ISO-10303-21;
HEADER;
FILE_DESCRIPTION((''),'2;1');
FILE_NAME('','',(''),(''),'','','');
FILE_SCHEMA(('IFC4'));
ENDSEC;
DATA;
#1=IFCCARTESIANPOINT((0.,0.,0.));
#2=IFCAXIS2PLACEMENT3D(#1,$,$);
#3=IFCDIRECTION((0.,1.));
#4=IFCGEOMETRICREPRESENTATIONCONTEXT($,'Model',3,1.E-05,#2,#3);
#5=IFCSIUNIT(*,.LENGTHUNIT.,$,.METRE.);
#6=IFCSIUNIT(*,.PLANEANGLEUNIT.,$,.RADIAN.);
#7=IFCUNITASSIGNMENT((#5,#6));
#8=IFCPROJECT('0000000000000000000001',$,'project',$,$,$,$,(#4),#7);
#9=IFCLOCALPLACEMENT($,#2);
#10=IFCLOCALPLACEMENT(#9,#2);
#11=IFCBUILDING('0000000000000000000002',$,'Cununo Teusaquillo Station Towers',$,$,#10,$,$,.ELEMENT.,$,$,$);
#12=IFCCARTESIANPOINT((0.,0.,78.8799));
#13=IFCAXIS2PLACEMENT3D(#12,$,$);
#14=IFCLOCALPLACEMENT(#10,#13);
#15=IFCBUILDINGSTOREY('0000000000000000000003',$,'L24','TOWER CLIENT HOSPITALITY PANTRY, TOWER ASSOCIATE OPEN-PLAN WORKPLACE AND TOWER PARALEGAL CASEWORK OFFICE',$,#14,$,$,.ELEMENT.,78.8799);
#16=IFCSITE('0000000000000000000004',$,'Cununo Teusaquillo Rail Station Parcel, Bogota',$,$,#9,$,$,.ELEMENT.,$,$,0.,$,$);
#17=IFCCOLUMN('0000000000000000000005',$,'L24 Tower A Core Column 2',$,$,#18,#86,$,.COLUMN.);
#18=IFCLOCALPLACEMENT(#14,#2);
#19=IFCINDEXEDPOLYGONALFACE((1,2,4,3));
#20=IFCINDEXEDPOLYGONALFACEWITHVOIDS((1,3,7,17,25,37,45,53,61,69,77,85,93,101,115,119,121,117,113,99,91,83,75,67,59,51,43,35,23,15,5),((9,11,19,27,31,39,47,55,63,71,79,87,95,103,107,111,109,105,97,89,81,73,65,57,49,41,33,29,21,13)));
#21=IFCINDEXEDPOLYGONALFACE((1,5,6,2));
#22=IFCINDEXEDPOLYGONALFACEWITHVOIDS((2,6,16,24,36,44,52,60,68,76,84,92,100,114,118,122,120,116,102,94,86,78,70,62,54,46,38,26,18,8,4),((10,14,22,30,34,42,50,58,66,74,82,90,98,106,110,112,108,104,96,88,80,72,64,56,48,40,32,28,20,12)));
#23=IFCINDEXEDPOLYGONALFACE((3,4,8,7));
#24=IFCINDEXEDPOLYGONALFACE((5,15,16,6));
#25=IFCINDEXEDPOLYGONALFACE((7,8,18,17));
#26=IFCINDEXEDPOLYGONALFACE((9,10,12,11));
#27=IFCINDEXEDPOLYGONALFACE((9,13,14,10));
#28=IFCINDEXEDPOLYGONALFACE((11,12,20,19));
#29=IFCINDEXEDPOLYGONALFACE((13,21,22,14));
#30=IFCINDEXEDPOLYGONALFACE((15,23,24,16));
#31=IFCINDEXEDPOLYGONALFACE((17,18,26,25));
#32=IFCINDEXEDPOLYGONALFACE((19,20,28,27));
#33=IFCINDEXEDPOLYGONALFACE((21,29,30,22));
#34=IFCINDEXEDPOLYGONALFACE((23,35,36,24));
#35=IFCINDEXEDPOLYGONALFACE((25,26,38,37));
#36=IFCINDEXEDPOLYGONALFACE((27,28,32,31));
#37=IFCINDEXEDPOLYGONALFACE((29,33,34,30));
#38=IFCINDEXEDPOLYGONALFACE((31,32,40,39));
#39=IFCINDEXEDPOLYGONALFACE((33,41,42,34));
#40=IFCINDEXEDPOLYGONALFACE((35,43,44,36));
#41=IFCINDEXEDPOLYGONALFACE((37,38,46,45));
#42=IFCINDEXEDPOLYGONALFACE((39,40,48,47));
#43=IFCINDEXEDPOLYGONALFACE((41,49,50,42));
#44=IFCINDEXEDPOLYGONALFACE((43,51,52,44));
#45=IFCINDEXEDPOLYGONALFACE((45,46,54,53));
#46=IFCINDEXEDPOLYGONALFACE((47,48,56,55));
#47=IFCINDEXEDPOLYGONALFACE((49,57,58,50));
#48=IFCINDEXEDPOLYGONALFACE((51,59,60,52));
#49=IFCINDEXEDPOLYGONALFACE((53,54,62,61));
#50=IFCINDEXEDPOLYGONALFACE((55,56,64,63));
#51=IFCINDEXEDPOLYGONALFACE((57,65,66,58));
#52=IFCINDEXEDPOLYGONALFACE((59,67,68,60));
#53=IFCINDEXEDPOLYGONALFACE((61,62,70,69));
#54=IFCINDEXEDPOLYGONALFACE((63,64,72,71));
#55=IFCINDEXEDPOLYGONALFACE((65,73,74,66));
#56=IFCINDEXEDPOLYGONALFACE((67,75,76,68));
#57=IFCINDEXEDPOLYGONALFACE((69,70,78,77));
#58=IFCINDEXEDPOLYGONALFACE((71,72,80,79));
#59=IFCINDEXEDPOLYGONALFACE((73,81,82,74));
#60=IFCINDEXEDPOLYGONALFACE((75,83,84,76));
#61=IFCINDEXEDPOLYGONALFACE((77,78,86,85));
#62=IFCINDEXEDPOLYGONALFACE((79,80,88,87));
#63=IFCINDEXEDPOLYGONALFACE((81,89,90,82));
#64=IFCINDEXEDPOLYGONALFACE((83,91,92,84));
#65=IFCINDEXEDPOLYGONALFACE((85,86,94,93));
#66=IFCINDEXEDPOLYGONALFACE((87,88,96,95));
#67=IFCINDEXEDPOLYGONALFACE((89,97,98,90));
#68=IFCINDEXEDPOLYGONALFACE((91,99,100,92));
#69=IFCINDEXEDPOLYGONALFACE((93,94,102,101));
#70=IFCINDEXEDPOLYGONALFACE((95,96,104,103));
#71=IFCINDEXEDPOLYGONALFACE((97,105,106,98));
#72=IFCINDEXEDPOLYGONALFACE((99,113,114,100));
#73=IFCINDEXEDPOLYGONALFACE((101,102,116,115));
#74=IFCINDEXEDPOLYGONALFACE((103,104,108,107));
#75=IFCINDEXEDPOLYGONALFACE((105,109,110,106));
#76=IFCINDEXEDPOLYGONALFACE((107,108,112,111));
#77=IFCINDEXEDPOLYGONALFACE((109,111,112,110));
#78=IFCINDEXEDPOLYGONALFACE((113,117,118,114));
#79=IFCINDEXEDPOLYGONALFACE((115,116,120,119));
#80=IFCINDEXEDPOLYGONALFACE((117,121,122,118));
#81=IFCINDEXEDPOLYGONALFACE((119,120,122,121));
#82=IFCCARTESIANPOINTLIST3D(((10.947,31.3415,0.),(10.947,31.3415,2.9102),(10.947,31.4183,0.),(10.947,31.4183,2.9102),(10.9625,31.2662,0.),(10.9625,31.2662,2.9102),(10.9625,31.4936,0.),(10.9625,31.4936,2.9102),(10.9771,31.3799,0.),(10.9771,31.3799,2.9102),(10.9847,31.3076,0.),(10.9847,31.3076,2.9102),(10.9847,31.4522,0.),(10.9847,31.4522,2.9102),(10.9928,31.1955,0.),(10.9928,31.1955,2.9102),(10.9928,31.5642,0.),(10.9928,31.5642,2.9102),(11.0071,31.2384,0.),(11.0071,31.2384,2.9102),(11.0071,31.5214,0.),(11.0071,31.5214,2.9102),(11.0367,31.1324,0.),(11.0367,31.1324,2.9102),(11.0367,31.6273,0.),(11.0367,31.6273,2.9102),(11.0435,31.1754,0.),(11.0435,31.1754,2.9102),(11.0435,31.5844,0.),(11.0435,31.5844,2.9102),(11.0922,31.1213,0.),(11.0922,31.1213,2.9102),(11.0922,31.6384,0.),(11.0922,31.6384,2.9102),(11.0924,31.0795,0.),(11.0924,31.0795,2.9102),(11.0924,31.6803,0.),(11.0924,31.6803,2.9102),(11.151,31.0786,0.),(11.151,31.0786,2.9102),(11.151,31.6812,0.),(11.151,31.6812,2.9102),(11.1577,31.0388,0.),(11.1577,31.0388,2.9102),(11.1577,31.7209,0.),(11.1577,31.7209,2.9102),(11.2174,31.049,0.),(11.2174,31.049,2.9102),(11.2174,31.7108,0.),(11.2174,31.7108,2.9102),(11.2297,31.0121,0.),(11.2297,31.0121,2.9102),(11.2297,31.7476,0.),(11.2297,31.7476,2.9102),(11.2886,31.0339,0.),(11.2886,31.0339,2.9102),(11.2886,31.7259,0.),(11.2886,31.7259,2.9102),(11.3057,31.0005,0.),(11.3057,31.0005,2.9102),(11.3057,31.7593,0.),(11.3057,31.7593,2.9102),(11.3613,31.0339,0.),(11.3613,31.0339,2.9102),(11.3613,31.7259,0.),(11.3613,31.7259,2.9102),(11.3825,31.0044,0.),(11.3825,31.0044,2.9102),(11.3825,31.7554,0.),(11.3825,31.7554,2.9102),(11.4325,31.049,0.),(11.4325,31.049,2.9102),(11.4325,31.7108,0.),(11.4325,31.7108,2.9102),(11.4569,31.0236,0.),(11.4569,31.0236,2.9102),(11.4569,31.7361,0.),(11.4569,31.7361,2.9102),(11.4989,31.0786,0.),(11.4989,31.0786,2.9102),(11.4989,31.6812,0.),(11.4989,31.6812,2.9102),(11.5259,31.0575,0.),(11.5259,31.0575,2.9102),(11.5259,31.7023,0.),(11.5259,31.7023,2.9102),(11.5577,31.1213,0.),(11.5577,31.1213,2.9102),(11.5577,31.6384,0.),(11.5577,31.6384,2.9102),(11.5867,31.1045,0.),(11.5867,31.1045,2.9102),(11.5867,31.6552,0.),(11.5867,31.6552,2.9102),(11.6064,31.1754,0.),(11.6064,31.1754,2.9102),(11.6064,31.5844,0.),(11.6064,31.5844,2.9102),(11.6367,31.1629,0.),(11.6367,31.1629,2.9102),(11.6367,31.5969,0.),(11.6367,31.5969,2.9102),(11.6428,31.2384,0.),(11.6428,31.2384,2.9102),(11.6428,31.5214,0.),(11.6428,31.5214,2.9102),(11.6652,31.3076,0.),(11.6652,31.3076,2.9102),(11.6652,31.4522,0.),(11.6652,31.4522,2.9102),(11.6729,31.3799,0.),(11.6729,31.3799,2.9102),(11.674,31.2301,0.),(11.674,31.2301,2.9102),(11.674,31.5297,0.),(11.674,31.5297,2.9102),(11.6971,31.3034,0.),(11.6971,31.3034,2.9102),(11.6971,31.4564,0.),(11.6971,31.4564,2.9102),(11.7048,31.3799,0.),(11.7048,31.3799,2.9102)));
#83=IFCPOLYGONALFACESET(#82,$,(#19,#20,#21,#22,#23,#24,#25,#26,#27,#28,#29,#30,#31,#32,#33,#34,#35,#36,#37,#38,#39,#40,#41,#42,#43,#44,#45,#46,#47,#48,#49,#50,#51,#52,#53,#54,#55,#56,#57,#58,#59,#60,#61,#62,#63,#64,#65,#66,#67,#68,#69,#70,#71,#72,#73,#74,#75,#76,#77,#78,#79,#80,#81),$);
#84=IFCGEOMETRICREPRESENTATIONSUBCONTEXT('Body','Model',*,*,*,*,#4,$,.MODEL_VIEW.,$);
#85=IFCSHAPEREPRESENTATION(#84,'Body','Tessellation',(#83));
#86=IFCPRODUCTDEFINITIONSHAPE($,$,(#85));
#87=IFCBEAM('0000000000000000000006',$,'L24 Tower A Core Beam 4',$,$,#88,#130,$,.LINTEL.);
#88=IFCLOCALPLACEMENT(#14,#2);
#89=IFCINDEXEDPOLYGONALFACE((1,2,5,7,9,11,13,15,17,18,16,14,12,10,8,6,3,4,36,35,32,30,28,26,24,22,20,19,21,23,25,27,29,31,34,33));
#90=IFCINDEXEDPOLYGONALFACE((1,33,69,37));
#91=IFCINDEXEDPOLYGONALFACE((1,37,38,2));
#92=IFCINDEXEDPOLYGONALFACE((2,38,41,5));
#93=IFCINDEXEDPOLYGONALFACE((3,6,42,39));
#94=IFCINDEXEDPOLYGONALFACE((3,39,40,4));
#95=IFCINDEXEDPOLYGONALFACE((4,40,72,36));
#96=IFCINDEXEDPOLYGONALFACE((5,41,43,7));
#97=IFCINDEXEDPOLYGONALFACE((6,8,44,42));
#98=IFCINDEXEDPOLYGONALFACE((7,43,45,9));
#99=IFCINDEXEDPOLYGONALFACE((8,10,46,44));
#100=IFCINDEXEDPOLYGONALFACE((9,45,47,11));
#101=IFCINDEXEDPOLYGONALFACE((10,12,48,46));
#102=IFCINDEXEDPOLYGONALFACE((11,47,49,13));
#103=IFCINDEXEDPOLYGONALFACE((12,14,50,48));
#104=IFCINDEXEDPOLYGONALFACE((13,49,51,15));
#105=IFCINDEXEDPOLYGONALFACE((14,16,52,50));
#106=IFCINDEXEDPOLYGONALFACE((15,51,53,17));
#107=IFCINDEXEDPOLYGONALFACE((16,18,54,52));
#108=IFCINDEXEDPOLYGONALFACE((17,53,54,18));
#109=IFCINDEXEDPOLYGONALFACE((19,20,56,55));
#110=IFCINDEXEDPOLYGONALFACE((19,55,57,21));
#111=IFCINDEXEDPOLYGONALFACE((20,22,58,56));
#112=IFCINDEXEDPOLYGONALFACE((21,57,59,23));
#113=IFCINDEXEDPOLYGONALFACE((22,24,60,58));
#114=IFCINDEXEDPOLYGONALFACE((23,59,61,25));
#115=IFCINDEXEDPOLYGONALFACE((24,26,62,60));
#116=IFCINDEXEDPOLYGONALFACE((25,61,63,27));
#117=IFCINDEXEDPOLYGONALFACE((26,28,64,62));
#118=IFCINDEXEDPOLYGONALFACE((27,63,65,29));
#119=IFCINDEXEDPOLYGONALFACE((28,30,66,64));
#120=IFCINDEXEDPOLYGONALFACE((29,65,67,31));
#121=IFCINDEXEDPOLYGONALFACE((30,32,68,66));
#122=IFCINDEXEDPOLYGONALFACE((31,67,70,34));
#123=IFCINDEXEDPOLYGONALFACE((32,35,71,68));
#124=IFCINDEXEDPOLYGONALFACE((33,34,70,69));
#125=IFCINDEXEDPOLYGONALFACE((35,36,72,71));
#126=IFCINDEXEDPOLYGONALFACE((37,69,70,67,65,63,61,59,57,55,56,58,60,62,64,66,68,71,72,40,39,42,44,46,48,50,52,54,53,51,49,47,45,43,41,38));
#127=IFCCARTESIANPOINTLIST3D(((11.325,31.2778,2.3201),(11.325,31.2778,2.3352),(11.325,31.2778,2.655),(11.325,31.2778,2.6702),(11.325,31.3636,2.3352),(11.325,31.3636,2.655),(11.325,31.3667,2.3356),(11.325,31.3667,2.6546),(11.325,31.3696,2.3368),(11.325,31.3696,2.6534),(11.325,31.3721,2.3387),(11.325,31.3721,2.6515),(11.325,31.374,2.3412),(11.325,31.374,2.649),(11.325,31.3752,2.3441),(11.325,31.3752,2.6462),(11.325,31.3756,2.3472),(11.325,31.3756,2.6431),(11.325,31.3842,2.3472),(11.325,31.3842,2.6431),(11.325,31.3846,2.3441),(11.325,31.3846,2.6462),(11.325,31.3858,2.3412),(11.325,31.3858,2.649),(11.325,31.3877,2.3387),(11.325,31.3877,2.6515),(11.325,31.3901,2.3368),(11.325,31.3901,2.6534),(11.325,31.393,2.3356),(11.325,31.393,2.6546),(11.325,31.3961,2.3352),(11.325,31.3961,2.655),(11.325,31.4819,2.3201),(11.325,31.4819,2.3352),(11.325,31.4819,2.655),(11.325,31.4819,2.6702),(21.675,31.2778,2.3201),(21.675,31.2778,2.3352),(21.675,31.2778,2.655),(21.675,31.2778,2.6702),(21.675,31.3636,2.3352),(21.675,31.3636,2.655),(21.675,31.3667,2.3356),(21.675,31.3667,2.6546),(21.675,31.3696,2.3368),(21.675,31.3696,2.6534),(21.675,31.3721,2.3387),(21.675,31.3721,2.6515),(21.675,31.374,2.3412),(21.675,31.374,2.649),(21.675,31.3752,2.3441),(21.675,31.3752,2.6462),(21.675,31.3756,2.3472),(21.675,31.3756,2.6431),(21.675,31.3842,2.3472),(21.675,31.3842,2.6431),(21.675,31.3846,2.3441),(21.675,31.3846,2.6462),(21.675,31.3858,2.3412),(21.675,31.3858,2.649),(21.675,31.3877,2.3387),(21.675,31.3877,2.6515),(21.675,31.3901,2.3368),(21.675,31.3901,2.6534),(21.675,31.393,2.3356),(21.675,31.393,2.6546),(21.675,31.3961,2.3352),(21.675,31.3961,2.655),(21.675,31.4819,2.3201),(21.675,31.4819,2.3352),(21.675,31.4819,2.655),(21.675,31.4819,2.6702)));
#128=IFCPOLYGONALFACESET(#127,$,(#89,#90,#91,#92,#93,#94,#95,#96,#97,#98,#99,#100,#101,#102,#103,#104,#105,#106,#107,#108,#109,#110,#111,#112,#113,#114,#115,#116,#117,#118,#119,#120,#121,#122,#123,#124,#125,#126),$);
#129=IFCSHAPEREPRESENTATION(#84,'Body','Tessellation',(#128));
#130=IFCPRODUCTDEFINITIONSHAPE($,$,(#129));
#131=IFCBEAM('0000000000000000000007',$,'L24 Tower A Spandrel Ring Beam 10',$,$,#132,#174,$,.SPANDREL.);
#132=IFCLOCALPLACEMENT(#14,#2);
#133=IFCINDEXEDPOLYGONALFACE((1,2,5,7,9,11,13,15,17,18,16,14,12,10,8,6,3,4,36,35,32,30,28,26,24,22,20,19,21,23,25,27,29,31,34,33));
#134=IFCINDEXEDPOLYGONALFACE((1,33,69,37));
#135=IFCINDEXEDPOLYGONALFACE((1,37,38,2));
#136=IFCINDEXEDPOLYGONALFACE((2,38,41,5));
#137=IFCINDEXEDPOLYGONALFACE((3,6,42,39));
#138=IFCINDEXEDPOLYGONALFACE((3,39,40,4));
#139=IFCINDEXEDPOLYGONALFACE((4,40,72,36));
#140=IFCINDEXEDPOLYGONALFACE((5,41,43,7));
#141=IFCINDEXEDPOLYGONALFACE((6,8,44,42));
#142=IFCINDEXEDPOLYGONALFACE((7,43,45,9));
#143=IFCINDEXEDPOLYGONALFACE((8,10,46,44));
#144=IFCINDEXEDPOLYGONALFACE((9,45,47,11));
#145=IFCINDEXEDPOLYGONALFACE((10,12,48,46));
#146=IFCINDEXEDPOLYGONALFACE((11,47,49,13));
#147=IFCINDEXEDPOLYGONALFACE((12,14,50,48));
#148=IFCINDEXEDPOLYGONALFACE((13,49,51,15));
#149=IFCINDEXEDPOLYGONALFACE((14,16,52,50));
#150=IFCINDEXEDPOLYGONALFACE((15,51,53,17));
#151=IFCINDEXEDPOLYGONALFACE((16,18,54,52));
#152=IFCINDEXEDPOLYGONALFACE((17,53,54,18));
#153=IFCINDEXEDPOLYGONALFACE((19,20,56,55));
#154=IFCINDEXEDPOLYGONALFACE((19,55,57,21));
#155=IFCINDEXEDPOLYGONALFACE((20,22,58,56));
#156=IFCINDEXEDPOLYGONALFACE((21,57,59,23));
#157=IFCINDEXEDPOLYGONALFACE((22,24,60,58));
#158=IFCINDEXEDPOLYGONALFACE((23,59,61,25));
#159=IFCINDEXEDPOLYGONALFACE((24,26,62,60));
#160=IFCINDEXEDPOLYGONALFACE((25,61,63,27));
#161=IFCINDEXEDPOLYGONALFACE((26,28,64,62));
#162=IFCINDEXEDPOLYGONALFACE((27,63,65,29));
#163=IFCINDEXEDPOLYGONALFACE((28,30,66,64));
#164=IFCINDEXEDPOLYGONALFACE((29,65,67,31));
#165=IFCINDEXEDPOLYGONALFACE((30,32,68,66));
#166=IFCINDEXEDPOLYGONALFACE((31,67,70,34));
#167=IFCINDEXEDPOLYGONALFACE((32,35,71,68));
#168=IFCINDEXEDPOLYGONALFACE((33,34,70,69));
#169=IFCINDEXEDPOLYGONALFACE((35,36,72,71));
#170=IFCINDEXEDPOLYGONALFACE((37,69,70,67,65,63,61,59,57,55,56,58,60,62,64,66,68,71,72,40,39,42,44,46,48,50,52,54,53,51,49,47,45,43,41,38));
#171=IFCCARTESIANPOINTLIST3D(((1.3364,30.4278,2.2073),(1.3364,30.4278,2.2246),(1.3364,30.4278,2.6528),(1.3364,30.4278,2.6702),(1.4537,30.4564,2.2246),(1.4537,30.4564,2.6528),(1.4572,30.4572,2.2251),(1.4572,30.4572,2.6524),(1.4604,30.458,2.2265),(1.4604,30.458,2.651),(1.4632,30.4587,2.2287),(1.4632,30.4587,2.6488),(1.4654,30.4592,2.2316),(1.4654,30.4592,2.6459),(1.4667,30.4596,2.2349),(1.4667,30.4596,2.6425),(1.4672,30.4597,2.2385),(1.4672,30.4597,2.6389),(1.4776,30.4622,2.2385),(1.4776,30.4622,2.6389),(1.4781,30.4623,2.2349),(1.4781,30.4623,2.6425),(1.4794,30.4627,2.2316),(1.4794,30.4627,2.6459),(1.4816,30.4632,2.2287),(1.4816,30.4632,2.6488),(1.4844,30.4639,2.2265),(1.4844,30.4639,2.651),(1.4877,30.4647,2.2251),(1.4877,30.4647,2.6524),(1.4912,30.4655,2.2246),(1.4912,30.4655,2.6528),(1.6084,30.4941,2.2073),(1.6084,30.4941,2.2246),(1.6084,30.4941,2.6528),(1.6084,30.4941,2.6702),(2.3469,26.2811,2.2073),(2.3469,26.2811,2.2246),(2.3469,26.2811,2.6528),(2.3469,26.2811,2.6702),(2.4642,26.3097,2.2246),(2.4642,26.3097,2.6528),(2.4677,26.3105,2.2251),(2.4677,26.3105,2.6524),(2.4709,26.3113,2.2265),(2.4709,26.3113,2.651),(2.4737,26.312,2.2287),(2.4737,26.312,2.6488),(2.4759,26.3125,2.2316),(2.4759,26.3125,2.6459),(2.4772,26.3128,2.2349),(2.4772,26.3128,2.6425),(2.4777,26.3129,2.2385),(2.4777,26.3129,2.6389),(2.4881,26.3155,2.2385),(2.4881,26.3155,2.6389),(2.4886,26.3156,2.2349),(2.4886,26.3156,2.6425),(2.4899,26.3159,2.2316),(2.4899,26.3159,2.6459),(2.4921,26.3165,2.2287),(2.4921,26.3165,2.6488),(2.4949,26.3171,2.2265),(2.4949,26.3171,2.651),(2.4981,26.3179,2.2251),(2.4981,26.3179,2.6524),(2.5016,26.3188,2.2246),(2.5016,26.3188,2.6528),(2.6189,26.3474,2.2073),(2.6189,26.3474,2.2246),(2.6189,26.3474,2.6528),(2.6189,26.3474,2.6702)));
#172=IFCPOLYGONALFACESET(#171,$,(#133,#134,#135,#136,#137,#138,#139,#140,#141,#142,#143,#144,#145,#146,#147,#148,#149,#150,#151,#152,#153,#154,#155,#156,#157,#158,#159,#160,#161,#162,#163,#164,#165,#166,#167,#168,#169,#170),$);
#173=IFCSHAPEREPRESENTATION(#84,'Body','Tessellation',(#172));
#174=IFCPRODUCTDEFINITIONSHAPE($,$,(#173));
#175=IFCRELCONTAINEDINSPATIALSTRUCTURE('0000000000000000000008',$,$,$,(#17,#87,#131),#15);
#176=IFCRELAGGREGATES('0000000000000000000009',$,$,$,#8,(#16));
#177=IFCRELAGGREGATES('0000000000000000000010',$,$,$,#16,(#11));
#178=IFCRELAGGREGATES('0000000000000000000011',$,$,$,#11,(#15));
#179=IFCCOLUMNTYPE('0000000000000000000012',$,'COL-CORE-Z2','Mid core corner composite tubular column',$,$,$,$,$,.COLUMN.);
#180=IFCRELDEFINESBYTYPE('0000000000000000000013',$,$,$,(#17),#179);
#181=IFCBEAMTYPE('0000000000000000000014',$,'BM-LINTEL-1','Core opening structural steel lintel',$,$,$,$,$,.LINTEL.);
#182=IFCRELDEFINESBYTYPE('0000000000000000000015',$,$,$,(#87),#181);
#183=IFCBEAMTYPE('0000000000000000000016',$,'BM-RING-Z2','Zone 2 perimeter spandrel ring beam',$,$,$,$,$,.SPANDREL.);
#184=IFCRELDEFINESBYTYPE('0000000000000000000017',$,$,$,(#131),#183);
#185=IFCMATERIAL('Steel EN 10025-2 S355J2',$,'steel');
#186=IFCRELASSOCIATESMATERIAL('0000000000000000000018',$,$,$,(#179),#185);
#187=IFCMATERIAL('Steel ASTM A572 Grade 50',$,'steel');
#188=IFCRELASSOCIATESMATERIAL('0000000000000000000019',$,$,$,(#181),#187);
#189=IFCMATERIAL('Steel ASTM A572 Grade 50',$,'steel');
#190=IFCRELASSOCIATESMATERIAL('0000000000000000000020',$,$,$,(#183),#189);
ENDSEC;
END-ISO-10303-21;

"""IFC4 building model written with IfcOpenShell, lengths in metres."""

from ifc_helpers import new_model, si_unit, direction, frame, origin, origin_2d, place, context, subcontext, project, spatial, hollow_circle, i_section, extrude, material, material_profile, profile_set, type_object, element, save


model = new_model("IFC4")

# Units and contexts
model_context = context("Model", 3, precision=1e-05, world=origin(), true_north=direction((0.0, 1.0)))
body_context = subcontext(model_context, "Body", "Model", "MODEL_VIEW")
ifc_project = project(units=[si_unit("LENGTHUNIT", "METRE"), si_unit("PLANEANGLEUNIT", "RADIAN")], contexts=[model_context])

# Site, building, storey
site_placement = place(None, origin())
site = spatial("IfcSite", under=ifc_project, at=site_placement, Name="Cununo Teusaquillo Rail Station Parcel, Bogota", CompositionType="ELEMENT", RefElevation=0.0)
building_placement = place(site_placement, origin())
building = spatial("IfcBuilding", under=site, at=building_placement, Name="Cununo Teusaquillo Station Towers", CompositionType="ELEMENT")
storey_placement = place(building_placement, frame((0.0, 0.0, 78.8799)))
storey = spatial("IfcBuildingStorey", under=building, at=storey_placement, Name="L24", Description="TOWER CLIENT HOSPITALITY PANTRY, TOWER ASSOCIATE OPEN-PLAN WORKPLACE AND TOWER PARALEGAL CASEWORK OFFICE", CompositionType="ELEMENT", Elevation=78.8799)

# Column
ifc_material_1 = material(Name="Steel EN 10025-2 S355J2", Category="steel")
ifc_material_profile_1 = material_profile(ifc_material_1, hollow_circle(Radius=0.3799, WallThickness=0.032, at=origin_2d()), Name="CHS 760x32")
ifc_profile_set_1 = profile_set([ifc_material_profile_1], Name="Steel EN 10025-2 S355J2")
column_type = type_object("IfcColumnType", Name="COL-CORE-Z2", Description="Mid core corner composite tubular column", PredefinedType="COLUMN", material=ifc_profile_set_1)
column_placement = place(storey_placement, frame((11.325, 31.3799, 0.0), z_axis=(0.0, 0.0, 1.0), x_axis=(1.0, 0.0, 0.0)))
element("IfcColumn", 1, at=column_placement, inside=storey, type_object=column_type, Name="L24 Tower A Core Column 2", PredefinedType="COLUMN", context=body_context, shape_type="SweptSolid", body=[
    extrude(hollow_circle(Radius=0.3799, WallThickness=0.032, at=origin_2d()), origin(), (0.0, 0.0, 1.0), 2.9102),
])

# Beams
ifc_material_2 = material(Name="Steel ASTM A572 Grade 50", Category="steel")
ifc_material_profile_2 = material_profile(ifc_material_2, i_section(OverallWidth=0.2041, OverallDepth=0.3501, WebThickness=0.0085, FlangeThickness=0.0151, FilletRadius=0.012, at=origin_2d()), Name="W14X48")
ifc_profile_set_2 = profile_set([ifc_material_profile_2], Name="Steel ASTM A572 Grade 50")
beam_type_1 = type_object("IfcBeamType", Name="BM-LINTEL-1", Description="Core opening structural steel lintel", PredefinedType="LINTEL", material=ifc_profile_set_2)
beam_1_placement = place(storey_placement, frame((11.325, 31.3799, 2.4951), z_axis=(1.0, 0.0, 0.0), x_axis=(0.0, 1.0, 0.0)))
element("IfcBeam", 2, at=beam_1_placement, inside=storey, type_object=beam_type_1, Name="L24 Tower A Core Beam 4", PredefinedType="LINTEL", context=body_context, shape_type="SweptSolid", body=[
    extrude(i_section(OverallWidth=0.2041, OverallDepth=0.3501, WebThickness=0.0085, FlangeThickness=0.0151, FilletRadius=0.012, at=origin_2d()), origin(), (0.0, 0.0, 1.0), 10.3501),
])
ifc_material_3 = material(Name="Steel ASTM A572 Grade 50", Category="steel")
ifc_material_profile_3 = material_profile(ifc_material_3, i_section(OverallWidth=0.28, OverallDepth=0.4629, WebThickness=0.0107, FlangeThickness=0.0173, FilletRadius=0.0139, at=origin_2d()), Name="W18X76")
ifc_profile_set_3 = profile_set([ifc_material_profile_3], Name="Steel ASTM A572 Grade 50")
beam_type_2 = type_object("IfcBeamType", Name="BM-RING-Z2", Description="Zone 2 perimeter spandrel ring beam", PredefinedType="SPANDREL", material=ifc_profile_set_3)
beam_2_placement = place(storey_placement, frame((1.4724, 30.4609, 2.4387), z_axis=(0.236757, -0.971569, 0.0), x_axis=(0.971569, 0.236757, 0.0)))
element("IfcBeam", 3, at=beam_2_placement, inside=storey, type_object=beam_type_2, Name="L24 Tower A Spandrel Ring Beam 10", PredefinedType="SPANDREL", context=body_context, shape_type="SweptSolid", body=[
    extrude(i_section(OverallWidth=0.28, OverallDepth=0.4629, WebThickness=0.0107, FlangeThickness=0.0173, FilletRadius=0.0139, at=origin_2d()), origin(), (0.0, 0.0, 1.0), 4.2681),
])

save(model, "model.ifc")
